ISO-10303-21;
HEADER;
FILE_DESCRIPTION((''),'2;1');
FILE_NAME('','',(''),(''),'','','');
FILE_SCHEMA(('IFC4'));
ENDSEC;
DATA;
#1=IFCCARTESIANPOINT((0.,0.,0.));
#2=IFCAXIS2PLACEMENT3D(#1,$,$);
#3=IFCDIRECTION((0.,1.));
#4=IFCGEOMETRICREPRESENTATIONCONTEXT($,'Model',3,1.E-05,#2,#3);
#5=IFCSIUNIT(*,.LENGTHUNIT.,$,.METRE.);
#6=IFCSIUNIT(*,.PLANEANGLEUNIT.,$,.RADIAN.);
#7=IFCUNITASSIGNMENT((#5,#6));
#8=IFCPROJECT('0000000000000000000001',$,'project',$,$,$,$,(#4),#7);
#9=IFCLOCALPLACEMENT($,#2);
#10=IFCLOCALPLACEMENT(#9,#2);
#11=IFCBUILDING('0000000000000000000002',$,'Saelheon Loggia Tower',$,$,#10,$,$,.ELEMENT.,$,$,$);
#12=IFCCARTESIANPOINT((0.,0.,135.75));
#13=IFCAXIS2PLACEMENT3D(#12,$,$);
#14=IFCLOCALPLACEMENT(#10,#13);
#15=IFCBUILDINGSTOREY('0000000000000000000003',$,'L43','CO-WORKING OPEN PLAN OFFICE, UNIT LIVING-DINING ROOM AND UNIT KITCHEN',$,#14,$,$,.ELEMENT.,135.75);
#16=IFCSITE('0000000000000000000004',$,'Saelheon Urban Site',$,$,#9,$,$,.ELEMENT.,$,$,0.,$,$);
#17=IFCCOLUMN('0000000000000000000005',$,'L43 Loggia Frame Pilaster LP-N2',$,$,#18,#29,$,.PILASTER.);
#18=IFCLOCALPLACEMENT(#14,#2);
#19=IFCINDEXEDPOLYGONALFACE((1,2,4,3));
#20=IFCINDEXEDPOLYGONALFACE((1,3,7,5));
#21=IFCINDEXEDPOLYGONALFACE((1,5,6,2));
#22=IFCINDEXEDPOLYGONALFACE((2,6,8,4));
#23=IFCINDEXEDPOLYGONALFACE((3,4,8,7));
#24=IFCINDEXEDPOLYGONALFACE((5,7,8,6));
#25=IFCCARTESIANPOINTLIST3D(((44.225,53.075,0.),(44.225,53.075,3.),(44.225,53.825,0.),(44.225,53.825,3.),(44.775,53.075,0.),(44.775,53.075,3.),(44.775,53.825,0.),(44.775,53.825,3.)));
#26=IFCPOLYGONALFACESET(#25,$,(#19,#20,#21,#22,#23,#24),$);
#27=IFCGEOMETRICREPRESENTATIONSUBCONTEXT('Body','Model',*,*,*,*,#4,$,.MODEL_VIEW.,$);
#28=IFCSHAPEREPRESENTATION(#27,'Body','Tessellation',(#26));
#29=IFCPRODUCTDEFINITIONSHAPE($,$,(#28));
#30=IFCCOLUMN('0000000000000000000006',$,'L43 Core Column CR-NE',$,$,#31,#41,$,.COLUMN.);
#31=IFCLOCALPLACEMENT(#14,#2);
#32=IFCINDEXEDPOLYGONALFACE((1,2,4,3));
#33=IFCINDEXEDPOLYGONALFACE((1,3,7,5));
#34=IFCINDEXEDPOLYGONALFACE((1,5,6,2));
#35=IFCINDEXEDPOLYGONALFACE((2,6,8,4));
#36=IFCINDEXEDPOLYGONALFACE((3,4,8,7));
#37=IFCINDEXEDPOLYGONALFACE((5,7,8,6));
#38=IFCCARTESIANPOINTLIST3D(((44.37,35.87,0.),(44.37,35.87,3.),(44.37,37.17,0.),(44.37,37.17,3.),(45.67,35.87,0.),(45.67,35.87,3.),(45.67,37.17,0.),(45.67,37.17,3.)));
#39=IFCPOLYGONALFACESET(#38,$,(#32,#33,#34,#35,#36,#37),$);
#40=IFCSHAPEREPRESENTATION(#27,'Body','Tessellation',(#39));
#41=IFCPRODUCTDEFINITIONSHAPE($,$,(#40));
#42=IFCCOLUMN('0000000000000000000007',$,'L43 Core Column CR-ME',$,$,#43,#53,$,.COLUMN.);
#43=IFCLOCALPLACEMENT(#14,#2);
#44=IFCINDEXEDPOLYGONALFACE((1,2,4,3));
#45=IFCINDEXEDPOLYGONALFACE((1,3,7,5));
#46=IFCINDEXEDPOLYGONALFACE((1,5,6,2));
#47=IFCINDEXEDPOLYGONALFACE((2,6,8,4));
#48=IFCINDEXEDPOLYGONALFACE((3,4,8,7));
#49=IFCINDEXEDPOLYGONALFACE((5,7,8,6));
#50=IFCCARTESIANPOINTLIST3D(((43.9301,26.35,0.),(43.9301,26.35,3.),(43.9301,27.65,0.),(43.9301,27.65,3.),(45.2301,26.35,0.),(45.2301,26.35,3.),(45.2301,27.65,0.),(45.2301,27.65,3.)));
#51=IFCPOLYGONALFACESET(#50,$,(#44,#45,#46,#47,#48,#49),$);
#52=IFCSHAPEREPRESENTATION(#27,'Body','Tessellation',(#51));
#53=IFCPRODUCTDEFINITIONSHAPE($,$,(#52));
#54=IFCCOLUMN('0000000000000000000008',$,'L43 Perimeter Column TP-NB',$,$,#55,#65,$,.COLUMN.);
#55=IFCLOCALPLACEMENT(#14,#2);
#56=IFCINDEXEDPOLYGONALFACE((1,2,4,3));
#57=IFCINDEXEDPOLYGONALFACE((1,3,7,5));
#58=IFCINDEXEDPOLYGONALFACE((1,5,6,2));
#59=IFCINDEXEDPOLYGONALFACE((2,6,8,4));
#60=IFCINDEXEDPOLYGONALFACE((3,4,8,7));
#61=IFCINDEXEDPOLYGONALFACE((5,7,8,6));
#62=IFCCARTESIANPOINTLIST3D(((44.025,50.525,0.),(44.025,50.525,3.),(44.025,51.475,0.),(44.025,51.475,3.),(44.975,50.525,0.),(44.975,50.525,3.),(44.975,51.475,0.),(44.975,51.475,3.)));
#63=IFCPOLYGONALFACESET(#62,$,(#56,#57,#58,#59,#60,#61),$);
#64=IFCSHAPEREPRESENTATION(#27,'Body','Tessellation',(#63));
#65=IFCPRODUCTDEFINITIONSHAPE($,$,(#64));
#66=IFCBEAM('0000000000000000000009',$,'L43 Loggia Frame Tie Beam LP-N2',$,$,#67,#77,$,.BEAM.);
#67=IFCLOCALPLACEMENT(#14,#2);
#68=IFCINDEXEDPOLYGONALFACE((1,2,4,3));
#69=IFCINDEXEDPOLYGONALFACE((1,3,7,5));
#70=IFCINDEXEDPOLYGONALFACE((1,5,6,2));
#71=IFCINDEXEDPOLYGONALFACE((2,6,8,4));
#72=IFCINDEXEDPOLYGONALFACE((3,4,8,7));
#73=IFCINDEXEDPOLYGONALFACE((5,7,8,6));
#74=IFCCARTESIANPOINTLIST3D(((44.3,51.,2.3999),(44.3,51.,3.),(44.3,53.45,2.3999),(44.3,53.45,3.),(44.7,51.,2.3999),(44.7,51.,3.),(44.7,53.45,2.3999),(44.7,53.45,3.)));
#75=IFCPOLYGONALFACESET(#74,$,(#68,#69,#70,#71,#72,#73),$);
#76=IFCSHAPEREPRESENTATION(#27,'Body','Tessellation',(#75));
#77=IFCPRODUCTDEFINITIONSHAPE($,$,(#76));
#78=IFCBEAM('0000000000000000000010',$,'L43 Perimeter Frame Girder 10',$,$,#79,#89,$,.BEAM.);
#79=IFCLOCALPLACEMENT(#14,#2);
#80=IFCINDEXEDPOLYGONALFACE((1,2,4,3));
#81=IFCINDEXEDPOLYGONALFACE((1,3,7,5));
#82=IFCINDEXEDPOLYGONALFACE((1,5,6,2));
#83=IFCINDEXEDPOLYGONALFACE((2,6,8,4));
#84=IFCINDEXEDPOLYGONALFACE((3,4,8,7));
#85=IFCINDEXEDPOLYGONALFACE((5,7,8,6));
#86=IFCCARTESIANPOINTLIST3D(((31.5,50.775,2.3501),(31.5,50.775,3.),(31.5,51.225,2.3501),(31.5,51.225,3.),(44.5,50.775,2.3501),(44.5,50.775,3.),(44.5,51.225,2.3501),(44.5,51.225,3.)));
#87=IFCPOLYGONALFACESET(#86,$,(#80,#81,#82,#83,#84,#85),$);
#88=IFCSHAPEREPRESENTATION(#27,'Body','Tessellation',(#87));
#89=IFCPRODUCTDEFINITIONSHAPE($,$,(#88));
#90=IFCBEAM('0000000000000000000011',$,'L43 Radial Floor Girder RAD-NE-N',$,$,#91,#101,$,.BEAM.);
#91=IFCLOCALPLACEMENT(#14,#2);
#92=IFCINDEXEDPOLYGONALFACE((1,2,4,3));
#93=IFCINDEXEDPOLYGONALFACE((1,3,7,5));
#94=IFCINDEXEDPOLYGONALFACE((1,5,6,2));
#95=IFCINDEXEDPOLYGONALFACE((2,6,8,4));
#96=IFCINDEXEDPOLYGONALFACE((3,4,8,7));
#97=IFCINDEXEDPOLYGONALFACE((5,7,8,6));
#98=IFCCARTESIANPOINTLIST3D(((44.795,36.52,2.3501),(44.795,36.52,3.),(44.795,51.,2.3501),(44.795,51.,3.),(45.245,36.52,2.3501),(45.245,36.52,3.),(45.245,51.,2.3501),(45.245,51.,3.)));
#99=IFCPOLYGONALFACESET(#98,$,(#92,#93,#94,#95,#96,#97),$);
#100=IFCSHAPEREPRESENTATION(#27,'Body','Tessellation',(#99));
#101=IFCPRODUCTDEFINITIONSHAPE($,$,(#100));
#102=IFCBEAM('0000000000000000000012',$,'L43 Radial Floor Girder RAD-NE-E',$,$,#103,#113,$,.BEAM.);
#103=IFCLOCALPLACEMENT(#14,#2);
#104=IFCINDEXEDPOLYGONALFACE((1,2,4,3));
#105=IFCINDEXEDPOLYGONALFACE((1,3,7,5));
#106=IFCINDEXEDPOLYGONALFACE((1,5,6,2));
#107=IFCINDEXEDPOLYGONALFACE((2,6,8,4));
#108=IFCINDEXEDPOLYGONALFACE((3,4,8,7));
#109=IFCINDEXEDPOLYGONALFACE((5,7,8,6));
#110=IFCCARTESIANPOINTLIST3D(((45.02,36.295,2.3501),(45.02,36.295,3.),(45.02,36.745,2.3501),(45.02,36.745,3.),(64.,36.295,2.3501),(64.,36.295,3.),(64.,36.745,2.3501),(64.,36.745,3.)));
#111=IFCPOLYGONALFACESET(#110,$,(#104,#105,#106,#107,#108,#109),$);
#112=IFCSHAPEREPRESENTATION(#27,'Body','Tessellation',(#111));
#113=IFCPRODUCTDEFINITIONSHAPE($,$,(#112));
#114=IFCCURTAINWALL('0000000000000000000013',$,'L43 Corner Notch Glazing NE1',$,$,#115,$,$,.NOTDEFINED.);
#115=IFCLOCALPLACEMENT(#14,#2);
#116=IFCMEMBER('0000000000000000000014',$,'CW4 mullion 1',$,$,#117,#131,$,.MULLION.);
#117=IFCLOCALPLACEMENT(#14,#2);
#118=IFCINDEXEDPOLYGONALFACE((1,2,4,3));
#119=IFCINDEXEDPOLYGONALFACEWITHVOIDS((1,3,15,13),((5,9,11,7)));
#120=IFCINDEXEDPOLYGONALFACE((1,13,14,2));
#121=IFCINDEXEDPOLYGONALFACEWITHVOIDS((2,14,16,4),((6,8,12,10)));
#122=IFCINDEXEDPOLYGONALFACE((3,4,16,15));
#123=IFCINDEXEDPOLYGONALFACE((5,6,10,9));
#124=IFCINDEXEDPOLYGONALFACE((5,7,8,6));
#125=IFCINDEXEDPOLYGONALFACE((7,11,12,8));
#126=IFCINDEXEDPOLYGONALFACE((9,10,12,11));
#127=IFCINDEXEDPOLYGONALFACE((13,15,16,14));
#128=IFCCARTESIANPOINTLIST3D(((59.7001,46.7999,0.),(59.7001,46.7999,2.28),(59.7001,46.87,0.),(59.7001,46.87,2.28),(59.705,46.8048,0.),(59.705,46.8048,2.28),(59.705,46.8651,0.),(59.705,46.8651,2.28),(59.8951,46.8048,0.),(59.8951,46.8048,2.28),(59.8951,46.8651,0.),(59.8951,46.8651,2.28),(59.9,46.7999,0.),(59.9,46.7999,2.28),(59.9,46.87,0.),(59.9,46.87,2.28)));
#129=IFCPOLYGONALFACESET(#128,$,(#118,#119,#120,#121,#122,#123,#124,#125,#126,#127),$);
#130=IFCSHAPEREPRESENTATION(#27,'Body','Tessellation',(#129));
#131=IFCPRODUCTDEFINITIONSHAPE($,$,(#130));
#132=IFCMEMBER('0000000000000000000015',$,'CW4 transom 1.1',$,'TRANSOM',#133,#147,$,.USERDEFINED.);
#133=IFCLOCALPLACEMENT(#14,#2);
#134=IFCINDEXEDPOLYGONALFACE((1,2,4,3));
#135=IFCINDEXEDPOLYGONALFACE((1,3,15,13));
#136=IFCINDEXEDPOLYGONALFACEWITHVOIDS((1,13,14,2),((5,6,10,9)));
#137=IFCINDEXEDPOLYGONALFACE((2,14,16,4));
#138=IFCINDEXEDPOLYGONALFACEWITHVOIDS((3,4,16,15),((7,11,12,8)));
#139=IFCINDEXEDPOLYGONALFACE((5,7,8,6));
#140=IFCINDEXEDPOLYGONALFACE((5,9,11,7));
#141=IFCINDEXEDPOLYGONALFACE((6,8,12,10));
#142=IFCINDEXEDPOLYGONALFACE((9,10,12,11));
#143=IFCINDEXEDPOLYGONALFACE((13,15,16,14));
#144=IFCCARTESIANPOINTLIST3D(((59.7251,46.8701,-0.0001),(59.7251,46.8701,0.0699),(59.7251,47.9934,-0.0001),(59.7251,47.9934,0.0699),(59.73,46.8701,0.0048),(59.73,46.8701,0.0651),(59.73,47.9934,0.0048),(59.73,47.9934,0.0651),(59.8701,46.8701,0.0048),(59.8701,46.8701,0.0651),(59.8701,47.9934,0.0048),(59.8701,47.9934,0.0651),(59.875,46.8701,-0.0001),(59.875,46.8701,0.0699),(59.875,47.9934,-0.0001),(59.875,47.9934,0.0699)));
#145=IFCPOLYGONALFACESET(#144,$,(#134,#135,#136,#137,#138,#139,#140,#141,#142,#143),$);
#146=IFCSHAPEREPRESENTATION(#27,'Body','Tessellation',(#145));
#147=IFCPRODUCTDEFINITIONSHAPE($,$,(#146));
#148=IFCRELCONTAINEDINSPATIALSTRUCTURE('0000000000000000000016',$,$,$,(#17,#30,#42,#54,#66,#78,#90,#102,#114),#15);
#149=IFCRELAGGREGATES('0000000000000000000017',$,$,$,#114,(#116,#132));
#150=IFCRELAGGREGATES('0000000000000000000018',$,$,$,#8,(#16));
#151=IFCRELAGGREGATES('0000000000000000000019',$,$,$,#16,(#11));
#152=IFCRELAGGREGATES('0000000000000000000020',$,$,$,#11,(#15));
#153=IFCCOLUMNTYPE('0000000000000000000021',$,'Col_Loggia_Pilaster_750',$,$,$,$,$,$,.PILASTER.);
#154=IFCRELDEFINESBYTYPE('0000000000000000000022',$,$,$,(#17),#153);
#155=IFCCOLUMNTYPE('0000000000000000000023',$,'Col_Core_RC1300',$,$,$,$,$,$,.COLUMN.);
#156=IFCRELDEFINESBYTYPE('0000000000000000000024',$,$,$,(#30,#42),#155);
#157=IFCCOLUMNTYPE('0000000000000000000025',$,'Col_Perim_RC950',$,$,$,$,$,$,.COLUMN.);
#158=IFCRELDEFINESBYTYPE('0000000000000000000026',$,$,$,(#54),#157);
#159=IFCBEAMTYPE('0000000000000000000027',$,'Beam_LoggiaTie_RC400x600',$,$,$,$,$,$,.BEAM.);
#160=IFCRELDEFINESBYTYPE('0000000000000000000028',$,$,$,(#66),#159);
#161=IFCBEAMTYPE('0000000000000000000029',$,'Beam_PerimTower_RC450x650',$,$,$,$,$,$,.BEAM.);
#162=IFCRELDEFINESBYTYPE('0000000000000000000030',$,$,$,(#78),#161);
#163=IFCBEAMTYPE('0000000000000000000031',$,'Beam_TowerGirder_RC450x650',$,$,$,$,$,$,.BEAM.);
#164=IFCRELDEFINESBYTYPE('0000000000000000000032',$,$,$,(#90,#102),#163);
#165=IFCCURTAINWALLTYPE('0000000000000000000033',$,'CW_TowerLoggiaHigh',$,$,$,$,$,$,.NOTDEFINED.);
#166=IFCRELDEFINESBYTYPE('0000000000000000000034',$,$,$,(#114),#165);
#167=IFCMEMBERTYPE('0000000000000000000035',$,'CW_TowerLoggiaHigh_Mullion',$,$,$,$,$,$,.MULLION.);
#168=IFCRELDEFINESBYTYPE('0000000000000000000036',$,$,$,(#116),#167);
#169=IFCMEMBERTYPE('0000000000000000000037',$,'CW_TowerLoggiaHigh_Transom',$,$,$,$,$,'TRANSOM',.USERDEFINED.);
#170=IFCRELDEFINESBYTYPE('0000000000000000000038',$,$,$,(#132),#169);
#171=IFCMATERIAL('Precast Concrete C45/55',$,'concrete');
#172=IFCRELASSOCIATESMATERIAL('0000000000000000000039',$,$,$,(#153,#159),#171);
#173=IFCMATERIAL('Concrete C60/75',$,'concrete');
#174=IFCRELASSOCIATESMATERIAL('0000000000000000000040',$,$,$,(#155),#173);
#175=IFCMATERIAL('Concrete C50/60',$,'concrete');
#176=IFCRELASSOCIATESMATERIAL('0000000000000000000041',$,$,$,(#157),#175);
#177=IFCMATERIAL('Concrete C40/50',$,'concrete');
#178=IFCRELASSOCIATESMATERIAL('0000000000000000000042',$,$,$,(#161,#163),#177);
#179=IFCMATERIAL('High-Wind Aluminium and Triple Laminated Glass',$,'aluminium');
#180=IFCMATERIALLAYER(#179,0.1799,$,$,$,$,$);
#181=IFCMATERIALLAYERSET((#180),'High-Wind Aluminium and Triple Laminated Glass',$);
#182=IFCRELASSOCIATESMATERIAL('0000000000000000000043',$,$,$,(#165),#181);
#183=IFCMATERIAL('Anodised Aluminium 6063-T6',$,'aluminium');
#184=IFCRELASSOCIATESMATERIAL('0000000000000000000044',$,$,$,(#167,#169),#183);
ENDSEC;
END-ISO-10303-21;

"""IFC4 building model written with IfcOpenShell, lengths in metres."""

from ifc_helpers import new_model, si_unit, direction, frame, origin, origin_2d, place, context, subcontext, project, spatial, rectangle, hollow_rectangle, extrude, source, transform, mapped, material, layer, layer_set, material_profile, profile_set, type_object, element, aggregate, save


model = new_model("IFC4")

# Units and contexts
model_context = context("Model", 3, precision=1e-05, world=origin(), true_north=direction((0.0, 1.0)))
body_context = subcontext(model_context, "Body", "Model", "MODEL_VIEW")
ifc_project = project(units=[si_unit("LENGTHUNIT", "METRE"), si_unit("PLANEANGLEUNIT", "RADIAN")], contexts=[model_context])

# Site, building, storey
site_placement = place(None, origin())
site = spatial("IfcSite", under=ifc_project, at=site_placement, Name="Saelheon Urban Site", CompositionType="ELEMENT", RefElevation=0.0)
building_placement = place(site_placement, origin())
building = spatial("IfcBuilding", under=site, at=building_placement, Name="Saelheon Loggia Tower", CompositionType="ELEMENT")
storey_placement = place(building_placement, frame((0.0, 0.0, 135.75)))
storey = spatial("IfcBuildingStorey", under=building, at=storey_placement, Name="L43", Description="CO-WORKING OPEN PLAN OFFICE, UNIT LIVING-DINING ROOM AND UNIT KITCHEN", CompositionType="ELEMENT", Elevation=135.75)

# Columns
ifc_material_1 = material(Name="Precast Concrete C45/55", Category="concrete")
ifc_material_profile_1 = material_profile(ifc_material_1, rectangle(XDim=0.55, YDim=0.75, at=origin_2d()), Name="RC-550x750")
ifc_profile_set_1 = profile_set([ifc_material_profile_1], Name="Precast Concrete C45/55")
column_type_1 = type_object("IfcColumnType", Name="Col_Loggia_Pilaster_750", PredefinedType="PILASTER", material=ifc_profile_set_1)
shared_shape_1 = source(origin(), body_context, "Body", "SweptSolid", [
    extrude(rectangle(XDim=0.55, YDim=0.75, at=origin_2d()), origin(), (0.0, 0.0, 1.0), 3.0),
])
column_1_placement = place(storey_placement, frame((44.5, 53.45, 0.0), z_axis=(0.0, 0.0, 1.0), x_axis=(1.0, 0.0, 0.0)))
element("IfcColumn", 1, at=column_1_placement, inside=storey, type_object=column_type_1, Name="L43 Loggia Frame Pilaster LP-N2", PredefinedType="PILASTER", context=body_context, shape_type="MappedRepresentation", body=[
    mapped(shared_shape_1, transform((0.0, 0.0, 0.0), scale=1.0)),
])
ifc_material_2 = material(Name="Concrete C60/75", Category="concrete")
ifc_material_profile_2 = material_profile(ifc_material_2, rectangle(XDim=1.3, YDim=1.3, at=origin_2d()), Name="RC-1300x1300")
ifc_profile_set_2 = profile_set([ifc_material_profile_2], Name="Concrete C60/75")
column_type_2 = type_object("IfcColumnType", Name="Col_Core_RC1300", PredefinedType="COLUMN", material=ifc_profile_set_2)
shared_shape_2 = source(origin(), body_context, "Body", "SweptSolid", [
    extrude(rectangle(XDim=1.3, YDim=1.3, at=origin_2d()), origin(), (0.0, 0.0, 1.0), 3.0),
])
for number, where, z_axis, x_axis, name in (
    (2, (45.02, 36.52, 0.0), (0.0, 0.0, 1.0), (1.0, 0.0, 0.0), "L43 Core Column CR-NE"),
    (3, (44.5801, 27.0, 0.0), (0.0, 0.0, 1.0), (1.0, 0.0, 0.0), "L43 Core Column CR-ME"),
):
    element("IfcColumn", number, at=place(storey_placement, frame(where, z_axis=z_axis, x_axis=x_axis)), inside=storey, type_object=column_type_2, Name=name, PredefinedType="COLUMN", context=body_context, shape_type="MappedRepresentation", body=[
        mapped(shared_shape_2, transform((0.0, 0.0, 0.0), scale=1.0)),
    ])
ifc_material_3 = material(Name="Concrete C50/60", Category="concrete")
ifc_material_profile_3 = material_profile(ifc_material_3, rectangle(XDim=0.95, YDim=0.95, at=origin_2d()), Name="RC-950x950")
ifc_profile_set_3 = profile_set([ifc_material_profile_3], Name="Concrete C50/60")
column_type_3 = type_object("IfcColumnType", Name="Col_Perim_RC950", PredefinedType="COLUMN", material=ifc_profile_set_3)
shared_shape_3 = source(origin(), body_context, "Body", "SweptSolid", [
    extrude(rectangle(XDim=0.95, YDim=0.95, at=origin_2d()), origin(), (0.0, 0.0, 1.0), 3.0),
])
column_2_placement = place(storey_placement, frame((44.5, 51.0, 0.0), z_axis=(0.0, 0.0, 1.0), x_axis=(1.0, 0.0, 0.0)))
element("IfcColumn", 4, at=column_2_placement, inside=storey, type_object=column_type_3, Name="L43 Perimeter Column TP-NB", PredefinedType="COLUMN", context=body_context, shape_type="MappedRepresentation", body=[
    mapped(shared_shape_3, transform((0.0, 0.0, 0.0), scale=1.0)),
])

# Beams
ifc_material_profile_4 = material_profile(ifc_material_1, rectangle(XDim=0.3999, YDim=0.6001, at=origin_2d()), Name="RC-400x600")
ifc_profile_set_4 = profile_set([ifc_material_profile_4], Name="Precast Concrete C45/55")
beam_type_1 = type_object("IfcBeamType", Name="Beam_LoggiaTie_RC400x600", PredefinedType="BEAM", material=ifc_profile_set_4)
shared_shape_4 = source(origin(), body_context, "Body", "SweptSolid", [
    extrude(rectangle(XDim=0.3999, YDim=0.6001, at=origin_2d()), origin(), (0.0, 0.0, 1.0), 2.45),
])
beam_1_placement = place(storey_placement, frame((44.5, 51.0, 2.7), z_axis=(0.0, 1.0, 0.0), x_axis=(-1.0, 0.0, 0.0)))
element("IfcBeam", 5, at=beam_1_placement, inside=storey, type_object=beam_type_1, Name="L43 Loggia Frame Tie Beam LP-N2", PredefinedType="BEAM", context=body_context, shape_type="MappedRepresentation", body=[
    mapped(shared_shape_4, transform((0.0, 0.0, 0.0), scale=1.0)),
])
ifc_material_4 = material(Name="Concrete C40/50", Category="concrete")
ifc_material_profile_5 = material_profile(ifc_material_4, rectangle(XDim=0.45, YDim=0.6499, at=origin_2d()), Name="RC-450x650")
ifc_profile_set_5 = profile_set([ifc_material_profile_5], Name="Concrete C40/50")
beam_type_2 = type_object("IfcBeamType", Name="Beam_PerimTower_RC450x650", PredefinedType="BEAM", material=ifc_profile_set_5)
shared_shape_5 = source(origin(), body_context, "Body", "SweptSolid", [
    extrude(rectangle(XDim=0.45, YDim=0.6499, at=origin_2d()), origin(), (0.0, 0.0, 1.0), 13.0),
])
beam_2_placement = place(storey_placement, frame((44.5, 51.0, 2.675), z_axis=(-1.0, 0.0, 0.0), x_axis=(0.0, -1.0, 0.0)))
element("IfcBeam", 6, at=beam_2_placement, inside=storey, type_object=beam_type_2, Name="L43 Perimeter Frame Girder 10", PredefinedType="BEAM", context=body_context, shape_type="MappedRepresentation", body=[
    mapped(shared_shape_5, transform((0.0, 0.0, 0.0), scale=1.0)),
])
ifc_material_profile_6 = material_profile(ifc_material_4, rectangle(XDim=0.45, YDim=0.6499, at=origin_2d()), Name="RC-450x650")
ifc_profile_set_6 = profile_set([ifc_material_profile_6], Name="Concrete C40/50")
beam_type_3 = type_object("IfcBeamType", Name="Beam_TowerGirder_RC450x650", PredefinedType="BEAM", material=ifc_profile_set_6)
shared_shape_6 = source(origin(), body_context, "Body", "SweptSolid", [
    extrude(rectangle(XDim=0.45, YDim=0.6499, at=origin_2d()), origin(), (0.0, 0.0, 1.0), 14.48),
])
beam_3_placement = place(storey_placement, frame((45.02, 36.52, 2.675), z_axis=(0.0, 1.0, 0.0), x_axis=(-1.0, 0.0, 0.0)))
element("IfcBeam", 7, at=beam_3_placement, inside=storey, type_object=beam_type_3, Name="L43 Radial Floor Girder RAD-NE-N", PredefinedType="BEAM", context=body_context, shape_type="MappedRepresentation", body=[
    mapped(shared_shape_6, transform((0.0, 0.0, 0.0), scale=1.0)),
])
shared_shape_7 = source(origin(), body_context, "Body", "SweptSolid", [
    extrude(rectangle(XDim=0.45, YDim=0.6499, at=origin_2d()), origin(), (0.0, 0.0, 1.0), 18.98),
])
beam_4_placement = place(storey_placement, frame((45.02, 36.52, 2.675), z_axis=(1.0, 0.0, 0.0), x_axis=(0.0, 1.0, 0.0)))
element("IfcBeam", 8, at=beam_4_placement, inside=storey, type_object=beam_type_3, Name="L43 Radial Floor Girder RAD-NE-E", PredefinedType="BEAM", context=body_context, shape_type="MappedRepresentation", body=[
    mapped(shared_shape_7, transform((0.0, 0.0, 0.0), scale=1.0)),
])

# Curtain wall, members
ifc_material_5 = material(Name="High-Wind Aluminium and Triple Laminated Glass", Category="aluminium")
ifc_layer_1 = layer(ifc_material_5, 0.1799)
ifc_layer_set_1 = layer_set([ifc_layer_1], Name="High-Wind Aluminium and Triple Laminated Glass")
curtain_wall_type = type_object("IfcCurtainWallType", Name="CW_TowerLoggiaHigh", PredefinedType="NOTDEFINED", material=ifc_layer_set_1)
curtain_wall_placement = place(storey_placement, origin())
curtain_wall = element("IfcCurtainWall", 9, at=curtain_wall_placement, inside=storey, type_object=curtain_wall_type, Name="L43 Corner Notch Glazing NE1", PredefinedType="NOTDEFINED")
ifc_material_6 = material(Name="Anodised Aluminium 6063-T6", Category="aluminium")
ifc_material_profile_7 = material_profile(ifc_material_6, hollow_rectangle(XDim=0.0701, YDim=0.2, WallThickness=0.0049, at=origin_2d()), Name="RHS-200x70x5")
ifc_profile_set_7 = profile_set([ifc_material_profile_7], Name="Anodised Aluminium 6063-T6")
member_type_1 = type_object("IfcMemberType", Name="CW_TowerLoggiaHigh_Mullion", PredefinedType="MULLION", material=ifc_profile_set_7)
shared_shape_8 = source(origin(), body_context, "Body", "SweptSolid", [
    extrude(hollow_rectangle(XDim=0.0701, YDim=0.2, WallThickness=0.0049, at=origin_2d()), origin(), (0.0, 0.0, 1.0), 2.28),
])
member_1_placement = place(storey_placement, frame((59.8, 46.835, 0.0), z_axis=(0.0, 0.0, 1.0), x_axis=(0.0, 1.0, 0.0)))
member_1 = element("IfcMember", 10, at=member_1_placement, type_object=member_type_1, Name="CW4 mullion 1", PredefinedType="MULLION", context=body_context, shape_type="MappedRepresentation", body=[
    mapped(shared_shape_8, transform((0.0, 0.0, 0.0), scale=1.0)),
])
ifc_material_profile_8 = material_profile(ifc_material_6, hollow_rectangle(XDim=0.0701, YDim=0.1499, WallThickness=0.0049, at=origin_2d()), Name="RHS-150x70x5")
ifc_profile_set_8 = profile_set([ifc_material_profile_8], Name="Anodised Aluminium 6063-T6")
member_type_2 = type_object("IfcMemberType", Name="CW_TowerLoggiaHigh_Transom", ElementType="TRANSOM", PredefinedType="USERDEFINED", material=ifc_profile_set_8)
shared_shape_9 = source(origin(), body_context, "Body", "SweptSolid", [
    extrude(hollow_rectangle(XDim=0.0701, YDim=0.1499, WallThickness=0.0049, at=origin_2d()), origin(), (0.0, 0.0, 1.0), 1.1233),
])
member_2_placement = place(storey_placement, frame((59.8, 46.8701, 0.0349), z_axis=(0.0, 1.0, 0.0), x_axis=(0.0, 0.0, 1.0)))
member_2 = element("IfcMember", 11, at=member_2_placement, type_object=member_type_2, Name="CW4 transom 1.1", ObjectType="TRANSOM", PredefinedType="USERDEFINED", context=body_context, shape_type="MappedRepresentation", body=[
    mapped(shared_shape_9, transform((0.0, 0.0, 0.0), scale=1.0)),
])
aggregate(curtain_wall, [member_1, member_2])

save(model, "model.ifc")
